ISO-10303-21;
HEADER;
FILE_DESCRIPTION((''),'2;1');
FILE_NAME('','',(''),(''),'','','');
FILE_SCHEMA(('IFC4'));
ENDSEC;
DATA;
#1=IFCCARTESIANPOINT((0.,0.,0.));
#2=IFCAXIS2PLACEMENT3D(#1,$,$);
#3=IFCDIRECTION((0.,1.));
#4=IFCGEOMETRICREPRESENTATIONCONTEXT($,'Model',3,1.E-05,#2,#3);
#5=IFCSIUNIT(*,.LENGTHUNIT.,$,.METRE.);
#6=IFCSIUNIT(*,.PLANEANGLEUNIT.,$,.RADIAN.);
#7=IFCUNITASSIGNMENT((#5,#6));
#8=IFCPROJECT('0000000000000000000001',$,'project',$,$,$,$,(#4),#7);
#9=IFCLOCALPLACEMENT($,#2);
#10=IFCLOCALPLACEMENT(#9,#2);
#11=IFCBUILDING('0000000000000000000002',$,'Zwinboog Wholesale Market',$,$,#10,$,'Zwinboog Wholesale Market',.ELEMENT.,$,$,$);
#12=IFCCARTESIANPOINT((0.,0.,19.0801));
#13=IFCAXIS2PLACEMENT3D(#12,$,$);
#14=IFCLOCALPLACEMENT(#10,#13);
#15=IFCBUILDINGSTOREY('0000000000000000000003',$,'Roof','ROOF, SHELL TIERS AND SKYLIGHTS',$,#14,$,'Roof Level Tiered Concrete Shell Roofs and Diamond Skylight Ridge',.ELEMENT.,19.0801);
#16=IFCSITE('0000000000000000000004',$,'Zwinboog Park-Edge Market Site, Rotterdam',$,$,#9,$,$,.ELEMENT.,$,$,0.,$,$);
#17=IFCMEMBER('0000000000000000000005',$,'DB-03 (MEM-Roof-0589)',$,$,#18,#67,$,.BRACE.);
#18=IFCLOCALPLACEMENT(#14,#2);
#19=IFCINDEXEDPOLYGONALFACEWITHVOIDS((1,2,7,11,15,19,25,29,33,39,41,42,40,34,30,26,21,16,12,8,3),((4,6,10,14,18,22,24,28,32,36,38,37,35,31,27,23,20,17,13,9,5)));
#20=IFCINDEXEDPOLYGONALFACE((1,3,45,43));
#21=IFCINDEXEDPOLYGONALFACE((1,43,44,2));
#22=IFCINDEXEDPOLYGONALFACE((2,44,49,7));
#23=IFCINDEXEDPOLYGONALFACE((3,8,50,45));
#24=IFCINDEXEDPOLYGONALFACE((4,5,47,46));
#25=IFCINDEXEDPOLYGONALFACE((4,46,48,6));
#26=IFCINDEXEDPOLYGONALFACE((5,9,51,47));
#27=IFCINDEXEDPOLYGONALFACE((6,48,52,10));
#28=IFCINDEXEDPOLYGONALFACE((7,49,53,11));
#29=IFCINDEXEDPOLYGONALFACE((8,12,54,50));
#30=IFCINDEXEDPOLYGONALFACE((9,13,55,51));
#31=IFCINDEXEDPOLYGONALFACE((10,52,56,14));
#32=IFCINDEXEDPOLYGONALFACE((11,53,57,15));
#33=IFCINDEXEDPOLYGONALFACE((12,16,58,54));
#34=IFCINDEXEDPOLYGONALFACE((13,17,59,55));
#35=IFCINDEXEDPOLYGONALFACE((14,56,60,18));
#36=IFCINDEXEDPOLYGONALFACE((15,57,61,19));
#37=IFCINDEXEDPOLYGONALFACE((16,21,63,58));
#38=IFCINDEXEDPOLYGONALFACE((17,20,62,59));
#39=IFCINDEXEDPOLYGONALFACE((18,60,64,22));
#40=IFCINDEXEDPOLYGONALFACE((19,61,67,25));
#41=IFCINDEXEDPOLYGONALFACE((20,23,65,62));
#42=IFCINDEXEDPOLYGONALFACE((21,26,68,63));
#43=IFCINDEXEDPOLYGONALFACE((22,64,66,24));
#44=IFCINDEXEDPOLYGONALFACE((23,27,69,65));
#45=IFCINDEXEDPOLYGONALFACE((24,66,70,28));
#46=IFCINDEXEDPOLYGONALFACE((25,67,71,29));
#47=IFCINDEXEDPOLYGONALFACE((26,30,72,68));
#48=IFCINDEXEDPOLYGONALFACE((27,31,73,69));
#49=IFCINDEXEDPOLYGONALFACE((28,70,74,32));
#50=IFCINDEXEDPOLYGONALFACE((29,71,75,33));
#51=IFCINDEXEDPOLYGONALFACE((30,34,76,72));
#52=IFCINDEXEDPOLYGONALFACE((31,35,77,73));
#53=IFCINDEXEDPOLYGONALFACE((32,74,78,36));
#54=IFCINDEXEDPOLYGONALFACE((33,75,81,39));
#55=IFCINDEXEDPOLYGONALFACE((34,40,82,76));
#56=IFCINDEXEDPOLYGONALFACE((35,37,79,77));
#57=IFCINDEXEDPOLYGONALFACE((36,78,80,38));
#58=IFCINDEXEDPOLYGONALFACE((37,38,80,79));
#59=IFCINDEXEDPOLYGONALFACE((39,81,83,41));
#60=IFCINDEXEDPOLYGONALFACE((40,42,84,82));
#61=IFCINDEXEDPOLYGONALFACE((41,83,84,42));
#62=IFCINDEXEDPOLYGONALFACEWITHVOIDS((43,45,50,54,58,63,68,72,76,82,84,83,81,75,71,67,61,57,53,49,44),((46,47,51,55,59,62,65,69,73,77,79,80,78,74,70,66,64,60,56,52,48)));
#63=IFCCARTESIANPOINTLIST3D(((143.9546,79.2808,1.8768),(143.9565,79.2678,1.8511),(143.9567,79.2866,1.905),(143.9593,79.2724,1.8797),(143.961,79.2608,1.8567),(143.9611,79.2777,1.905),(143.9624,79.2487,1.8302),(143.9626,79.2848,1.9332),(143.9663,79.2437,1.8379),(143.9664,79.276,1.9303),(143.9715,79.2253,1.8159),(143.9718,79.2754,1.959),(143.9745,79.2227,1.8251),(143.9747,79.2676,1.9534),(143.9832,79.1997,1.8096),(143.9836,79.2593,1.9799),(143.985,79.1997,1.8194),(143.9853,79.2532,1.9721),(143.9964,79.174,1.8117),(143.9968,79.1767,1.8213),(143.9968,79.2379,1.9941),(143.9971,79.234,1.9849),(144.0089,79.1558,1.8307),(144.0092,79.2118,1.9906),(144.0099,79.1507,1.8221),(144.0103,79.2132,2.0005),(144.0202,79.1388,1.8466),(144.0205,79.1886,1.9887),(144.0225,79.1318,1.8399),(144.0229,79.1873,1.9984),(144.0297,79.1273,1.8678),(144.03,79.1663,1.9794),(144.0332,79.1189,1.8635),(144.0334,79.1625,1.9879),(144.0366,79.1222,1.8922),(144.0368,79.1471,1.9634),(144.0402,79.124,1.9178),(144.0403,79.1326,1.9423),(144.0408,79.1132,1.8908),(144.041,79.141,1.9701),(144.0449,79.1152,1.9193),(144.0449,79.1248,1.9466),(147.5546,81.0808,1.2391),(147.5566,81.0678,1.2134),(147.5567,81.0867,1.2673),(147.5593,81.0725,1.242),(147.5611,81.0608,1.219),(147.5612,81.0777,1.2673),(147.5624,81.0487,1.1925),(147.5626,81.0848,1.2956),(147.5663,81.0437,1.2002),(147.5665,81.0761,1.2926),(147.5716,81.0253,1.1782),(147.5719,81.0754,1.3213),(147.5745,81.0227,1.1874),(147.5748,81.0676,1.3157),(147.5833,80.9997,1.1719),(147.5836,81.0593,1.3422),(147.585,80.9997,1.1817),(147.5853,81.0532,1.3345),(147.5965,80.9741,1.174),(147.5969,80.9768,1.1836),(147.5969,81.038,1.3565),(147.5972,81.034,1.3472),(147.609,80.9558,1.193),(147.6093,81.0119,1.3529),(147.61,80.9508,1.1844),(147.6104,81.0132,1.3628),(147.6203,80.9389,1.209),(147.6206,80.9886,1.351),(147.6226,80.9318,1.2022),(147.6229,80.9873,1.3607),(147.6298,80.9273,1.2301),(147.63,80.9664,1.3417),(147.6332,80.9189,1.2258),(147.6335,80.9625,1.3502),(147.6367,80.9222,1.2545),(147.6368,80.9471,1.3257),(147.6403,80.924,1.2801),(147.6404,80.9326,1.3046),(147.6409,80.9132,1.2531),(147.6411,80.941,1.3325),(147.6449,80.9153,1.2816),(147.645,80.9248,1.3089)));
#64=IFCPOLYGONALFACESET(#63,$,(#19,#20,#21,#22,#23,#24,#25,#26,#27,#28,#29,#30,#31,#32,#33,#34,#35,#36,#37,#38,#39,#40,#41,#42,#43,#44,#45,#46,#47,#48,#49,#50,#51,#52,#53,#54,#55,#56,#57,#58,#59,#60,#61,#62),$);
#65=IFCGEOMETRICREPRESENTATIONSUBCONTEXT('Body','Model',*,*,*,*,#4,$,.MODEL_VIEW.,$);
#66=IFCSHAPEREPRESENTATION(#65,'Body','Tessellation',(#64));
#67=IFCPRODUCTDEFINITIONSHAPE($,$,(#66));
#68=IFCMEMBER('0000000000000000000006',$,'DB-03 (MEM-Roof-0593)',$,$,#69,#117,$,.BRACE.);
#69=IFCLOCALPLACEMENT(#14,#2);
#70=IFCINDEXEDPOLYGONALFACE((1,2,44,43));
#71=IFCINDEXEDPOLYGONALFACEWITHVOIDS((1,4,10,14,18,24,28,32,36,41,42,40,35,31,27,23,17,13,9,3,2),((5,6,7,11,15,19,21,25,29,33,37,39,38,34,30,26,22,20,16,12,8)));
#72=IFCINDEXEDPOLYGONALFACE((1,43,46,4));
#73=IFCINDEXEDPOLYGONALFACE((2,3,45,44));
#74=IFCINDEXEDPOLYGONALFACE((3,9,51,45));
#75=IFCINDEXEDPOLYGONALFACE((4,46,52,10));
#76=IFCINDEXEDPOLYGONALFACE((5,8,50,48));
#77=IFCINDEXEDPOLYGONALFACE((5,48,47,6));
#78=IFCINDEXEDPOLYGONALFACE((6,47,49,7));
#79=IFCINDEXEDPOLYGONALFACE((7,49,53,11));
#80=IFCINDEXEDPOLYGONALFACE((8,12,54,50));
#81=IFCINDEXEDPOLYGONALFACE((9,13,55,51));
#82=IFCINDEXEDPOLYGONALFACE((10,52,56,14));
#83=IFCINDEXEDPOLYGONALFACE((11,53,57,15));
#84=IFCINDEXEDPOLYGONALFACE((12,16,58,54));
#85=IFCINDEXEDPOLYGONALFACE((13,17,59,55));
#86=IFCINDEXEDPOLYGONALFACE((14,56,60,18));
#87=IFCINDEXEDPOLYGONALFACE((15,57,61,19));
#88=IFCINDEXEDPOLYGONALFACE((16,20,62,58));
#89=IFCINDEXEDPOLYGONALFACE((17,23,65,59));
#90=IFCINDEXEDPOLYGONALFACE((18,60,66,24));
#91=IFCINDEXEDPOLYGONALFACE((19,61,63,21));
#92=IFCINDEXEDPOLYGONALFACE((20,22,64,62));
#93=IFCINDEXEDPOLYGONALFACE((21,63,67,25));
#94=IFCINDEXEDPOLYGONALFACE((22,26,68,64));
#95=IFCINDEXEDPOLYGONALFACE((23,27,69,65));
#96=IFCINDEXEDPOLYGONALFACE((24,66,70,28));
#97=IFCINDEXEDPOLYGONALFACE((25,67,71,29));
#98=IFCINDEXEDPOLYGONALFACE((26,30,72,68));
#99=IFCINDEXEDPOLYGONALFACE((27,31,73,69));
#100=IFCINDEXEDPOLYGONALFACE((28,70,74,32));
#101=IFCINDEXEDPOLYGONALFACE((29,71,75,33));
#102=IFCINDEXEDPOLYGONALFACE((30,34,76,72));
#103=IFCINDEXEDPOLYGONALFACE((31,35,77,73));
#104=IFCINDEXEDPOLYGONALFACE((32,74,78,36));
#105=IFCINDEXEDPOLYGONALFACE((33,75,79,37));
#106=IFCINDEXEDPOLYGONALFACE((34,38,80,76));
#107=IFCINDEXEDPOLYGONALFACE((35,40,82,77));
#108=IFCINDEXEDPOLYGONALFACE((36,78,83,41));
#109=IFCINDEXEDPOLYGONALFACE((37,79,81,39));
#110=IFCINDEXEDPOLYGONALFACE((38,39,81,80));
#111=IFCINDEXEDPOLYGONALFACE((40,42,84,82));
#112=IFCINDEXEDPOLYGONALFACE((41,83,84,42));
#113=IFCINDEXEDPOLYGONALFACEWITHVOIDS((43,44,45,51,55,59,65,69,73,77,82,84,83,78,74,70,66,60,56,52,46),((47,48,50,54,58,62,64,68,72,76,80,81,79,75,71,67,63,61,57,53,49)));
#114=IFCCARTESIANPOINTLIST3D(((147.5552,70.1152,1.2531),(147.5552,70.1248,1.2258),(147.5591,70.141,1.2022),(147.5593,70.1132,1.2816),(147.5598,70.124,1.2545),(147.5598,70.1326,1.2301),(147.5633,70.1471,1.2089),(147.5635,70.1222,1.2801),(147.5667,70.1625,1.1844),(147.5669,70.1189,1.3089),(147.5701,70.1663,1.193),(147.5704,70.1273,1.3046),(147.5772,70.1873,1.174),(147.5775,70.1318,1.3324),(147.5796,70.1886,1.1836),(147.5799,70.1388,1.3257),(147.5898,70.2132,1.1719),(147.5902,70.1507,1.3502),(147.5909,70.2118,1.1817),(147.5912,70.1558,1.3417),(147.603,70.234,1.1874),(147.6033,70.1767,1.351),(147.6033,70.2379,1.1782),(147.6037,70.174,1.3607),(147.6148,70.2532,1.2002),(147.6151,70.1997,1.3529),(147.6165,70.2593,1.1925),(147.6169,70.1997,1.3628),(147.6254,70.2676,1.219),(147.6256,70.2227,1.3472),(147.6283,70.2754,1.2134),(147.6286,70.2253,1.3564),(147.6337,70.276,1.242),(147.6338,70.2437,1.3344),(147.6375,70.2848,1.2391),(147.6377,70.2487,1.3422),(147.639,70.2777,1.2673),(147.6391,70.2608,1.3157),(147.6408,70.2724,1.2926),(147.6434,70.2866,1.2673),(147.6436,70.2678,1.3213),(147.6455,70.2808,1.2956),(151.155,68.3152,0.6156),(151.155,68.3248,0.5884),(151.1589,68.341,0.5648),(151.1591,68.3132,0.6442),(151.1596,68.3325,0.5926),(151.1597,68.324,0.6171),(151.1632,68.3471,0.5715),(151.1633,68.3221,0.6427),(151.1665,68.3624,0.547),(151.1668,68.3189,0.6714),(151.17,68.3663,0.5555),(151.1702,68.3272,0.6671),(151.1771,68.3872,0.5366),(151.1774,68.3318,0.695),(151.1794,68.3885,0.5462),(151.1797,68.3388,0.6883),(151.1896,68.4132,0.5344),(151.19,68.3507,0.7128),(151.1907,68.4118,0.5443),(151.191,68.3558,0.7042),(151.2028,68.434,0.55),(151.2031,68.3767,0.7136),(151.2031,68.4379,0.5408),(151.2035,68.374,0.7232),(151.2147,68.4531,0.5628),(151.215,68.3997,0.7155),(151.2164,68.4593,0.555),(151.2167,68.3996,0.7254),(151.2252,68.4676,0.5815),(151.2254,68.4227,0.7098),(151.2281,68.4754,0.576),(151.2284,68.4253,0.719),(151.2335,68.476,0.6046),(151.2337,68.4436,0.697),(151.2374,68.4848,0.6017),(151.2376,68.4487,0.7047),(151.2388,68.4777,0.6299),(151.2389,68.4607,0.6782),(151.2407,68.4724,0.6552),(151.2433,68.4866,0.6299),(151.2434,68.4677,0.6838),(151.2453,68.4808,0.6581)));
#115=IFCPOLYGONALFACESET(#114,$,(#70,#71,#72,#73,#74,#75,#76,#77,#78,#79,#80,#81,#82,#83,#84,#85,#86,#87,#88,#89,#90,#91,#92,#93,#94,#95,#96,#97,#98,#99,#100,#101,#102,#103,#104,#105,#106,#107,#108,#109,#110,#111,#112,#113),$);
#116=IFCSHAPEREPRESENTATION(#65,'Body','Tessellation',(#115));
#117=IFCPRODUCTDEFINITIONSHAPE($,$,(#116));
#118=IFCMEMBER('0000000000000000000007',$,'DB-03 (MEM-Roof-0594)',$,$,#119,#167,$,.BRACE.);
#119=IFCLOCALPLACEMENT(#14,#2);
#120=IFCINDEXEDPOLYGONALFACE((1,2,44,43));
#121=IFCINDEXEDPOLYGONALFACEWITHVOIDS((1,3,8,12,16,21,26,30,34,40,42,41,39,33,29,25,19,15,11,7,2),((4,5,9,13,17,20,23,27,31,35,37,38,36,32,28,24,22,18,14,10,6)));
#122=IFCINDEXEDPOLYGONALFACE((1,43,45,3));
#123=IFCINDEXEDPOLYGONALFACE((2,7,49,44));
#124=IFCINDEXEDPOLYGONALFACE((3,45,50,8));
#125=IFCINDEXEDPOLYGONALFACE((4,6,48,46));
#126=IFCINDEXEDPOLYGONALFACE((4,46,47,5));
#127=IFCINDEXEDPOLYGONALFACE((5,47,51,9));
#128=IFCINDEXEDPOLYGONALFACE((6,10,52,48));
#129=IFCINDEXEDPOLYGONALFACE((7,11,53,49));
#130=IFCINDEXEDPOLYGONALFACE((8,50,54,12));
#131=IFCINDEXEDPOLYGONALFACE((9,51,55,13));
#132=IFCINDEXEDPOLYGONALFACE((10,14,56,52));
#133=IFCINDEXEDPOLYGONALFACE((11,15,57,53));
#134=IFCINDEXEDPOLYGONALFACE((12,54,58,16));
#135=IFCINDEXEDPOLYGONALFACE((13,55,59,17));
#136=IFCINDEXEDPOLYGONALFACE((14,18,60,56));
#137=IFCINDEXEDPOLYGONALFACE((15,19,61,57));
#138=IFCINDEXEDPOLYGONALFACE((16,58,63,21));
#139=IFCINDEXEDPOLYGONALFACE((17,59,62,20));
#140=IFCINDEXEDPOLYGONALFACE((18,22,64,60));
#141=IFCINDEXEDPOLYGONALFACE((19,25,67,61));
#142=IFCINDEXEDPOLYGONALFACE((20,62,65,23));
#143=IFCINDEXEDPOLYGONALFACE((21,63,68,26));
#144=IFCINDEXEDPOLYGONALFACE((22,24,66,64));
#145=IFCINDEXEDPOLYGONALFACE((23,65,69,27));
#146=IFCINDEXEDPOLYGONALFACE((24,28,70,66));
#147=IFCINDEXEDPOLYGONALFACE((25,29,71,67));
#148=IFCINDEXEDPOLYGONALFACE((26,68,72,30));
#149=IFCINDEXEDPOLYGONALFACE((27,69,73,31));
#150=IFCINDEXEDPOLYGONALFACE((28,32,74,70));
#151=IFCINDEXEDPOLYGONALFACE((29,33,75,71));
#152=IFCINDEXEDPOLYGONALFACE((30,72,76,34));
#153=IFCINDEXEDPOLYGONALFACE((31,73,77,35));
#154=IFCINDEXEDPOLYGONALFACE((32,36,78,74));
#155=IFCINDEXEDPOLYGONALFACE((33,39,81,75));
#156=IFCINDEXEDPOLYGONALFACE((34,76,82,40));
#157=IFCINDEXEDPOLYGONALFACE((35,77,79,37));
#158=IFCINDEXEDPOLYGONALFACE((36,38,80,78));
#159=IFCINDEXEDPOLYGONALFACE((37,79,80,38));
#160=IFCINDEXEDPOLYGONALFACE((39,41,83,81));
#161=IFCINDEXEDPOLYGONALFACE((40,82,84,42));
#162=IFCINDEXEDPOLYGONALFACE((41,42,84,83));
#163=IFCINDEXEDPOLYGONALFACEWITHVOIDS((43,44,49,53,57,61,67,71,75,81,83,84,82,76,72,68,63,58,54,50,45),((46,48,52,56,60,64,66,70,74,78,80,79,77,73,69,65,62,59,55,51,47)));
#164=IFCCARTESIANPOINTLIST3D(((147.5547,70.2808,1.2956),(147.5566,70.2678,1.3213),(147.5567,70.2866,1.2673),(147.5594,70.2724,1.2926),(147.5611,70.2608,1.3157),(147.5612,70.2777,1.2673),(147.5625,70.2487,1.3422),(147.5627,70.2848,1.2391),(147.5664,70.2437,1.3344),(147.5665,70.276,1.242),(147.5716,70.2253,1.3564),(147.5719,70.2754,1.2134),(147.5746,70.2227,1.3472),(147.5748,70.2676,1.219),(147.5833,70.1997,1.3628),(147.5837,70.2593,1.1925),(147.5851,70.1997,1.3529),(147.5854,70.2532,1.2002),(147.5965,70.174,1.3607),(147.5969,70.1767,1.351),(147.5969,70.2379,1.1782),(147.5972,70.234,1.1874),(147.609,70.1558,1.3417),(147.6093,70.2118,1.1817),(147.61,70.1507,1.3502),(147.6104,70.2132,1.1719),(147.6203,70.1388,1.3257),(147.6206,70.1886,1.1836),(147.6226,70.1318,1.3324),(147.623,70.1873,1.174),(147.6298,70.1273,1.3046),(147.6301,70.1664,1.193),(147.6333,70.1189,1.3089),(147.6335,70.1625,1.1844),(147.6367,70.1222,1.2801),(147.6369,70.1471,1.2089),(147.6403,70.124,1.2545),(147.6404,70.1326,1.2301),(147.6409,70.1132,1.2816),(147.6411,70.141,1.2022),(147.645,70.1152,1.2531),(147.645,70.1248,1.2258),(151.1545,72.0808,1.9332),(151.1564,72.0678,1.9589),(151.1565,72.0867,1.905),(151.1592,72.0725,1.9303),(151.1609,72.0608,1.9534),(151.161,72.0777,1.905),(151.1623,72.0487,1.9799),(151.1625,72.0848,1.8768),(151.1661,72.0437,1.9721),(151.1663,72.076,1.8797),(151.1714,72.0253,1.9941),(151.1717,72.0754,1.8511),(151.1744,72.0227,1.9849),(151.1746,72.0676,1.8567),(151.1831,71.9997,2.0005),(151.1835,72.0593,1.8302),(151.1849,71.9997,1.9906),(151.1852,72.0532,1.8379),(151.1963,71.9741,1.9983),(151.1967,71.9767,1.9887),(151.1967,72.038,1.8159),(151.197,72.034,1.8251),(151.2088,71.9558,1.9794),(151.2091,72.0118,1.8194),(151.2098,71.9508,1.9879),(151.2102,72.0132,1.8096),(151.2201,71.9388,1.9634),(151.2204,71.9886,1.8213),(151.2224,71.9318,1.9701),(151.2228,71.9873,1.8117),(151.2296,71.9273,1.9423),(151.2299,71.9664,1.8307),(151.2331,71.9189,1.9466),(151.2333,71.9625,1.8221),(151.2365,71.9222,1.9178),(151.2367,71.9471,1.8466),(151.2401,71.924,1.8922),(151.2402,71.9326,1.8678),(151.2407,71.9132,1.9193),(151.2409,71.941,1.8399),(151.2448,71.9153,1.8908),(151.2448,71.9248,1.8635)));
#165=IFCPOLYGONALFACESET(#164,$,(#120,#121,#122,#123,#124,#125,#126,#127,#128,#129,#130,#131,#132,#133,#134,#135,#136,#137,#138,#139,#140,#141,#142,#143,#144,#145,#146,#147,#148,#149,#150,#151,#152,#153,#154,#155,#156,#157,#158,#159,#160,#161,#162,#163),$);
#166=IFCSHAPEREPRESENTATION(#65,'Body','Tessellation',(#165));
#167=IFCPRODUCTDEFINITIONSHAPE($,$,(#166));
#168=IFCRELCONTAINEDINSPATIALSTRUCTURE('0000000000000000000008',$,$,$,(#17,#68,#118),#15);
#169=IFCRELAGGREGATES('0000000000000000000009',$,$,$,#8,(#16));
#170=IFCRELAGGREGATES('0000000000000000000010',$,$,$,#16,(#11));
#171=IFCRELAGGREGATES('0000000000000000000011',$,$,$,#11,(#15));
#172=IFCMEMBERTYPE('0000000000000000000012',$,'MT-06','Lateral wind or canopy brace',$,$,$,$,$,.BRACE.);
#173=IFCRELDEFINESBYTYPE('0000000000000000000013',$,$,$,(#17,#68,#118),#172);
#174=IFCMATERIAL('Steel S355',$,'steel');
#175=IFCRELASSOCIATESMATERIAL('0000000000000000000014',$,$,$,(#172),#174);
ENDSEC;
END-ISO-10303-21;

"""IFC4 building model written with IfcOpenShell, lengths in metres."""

from ifc_helpers import new_model, si_unit, direction, frame, origin, origin_2d, place, context, subcontext, project, spatial, hollow_circle, extrude, material, material_profile, profile_set, type_object, element, save


model = new_model("IFC4")

# Units and contexts
model_context = context("Model", 3, precision=1e-05, world=origin(), true_north=direction((0.0, 1.0)))
body_context = subcontext(model_context, "Body", "Model", "MODEL_VIEW")
ifc_project = project(units=[si_unit("LENGTHUNIT", "METRE"), si_unit("PLANEANGLEUNIT", "RADIAN")], contexts=[model_context])

# Site, building, storey
site_placement = place(None, origin())
site = spatial("IfcSite", under=ifc_project, at=site_placement, Name="Zwinboog Park-Edge Market Site, Rotterdam", CompositionType="ELEMENT", RefElevation=0.0)
building_placement = place(site_placement, origin())
building = spatial("IfcBuilding", under=site, at=building_placement, Name="Zwinboog Wholesale Market", LongName="Zwinboog Wholesale Market", CompositionType="ELEMENT")
storey_placement = place(building_placement, frame((0.0, 0.0, 19.0801)))
storey = spatial("IfcBuildingStorey", under=building, at=storey_placement, Name="Roof", Description="ROOF, SHELL TIERS AND SKYLIGHTS", LongName="Roof Level Tiered Concrete Shell Roofs and Diamond Skylight Ridge", CompositionType="ELEMENT", Elevation=19.0801)

# Members
ifc_material_1 = material(Name="Steel S355", Category="steel")
ifc_material_profile_1 = material_profile(ifc_material_1, hollow_circle(Radius=0.0969, WallThickness=0.01, at=origin_2d()), Name="CHS 193.7x10")
ifc_profile_set_1 = profile_set([ifc_material_profile_1], Name="Steel S355")
member_type_1 = type_object("IfcMemberType", Name="MT-06", Description="Lateral wind or canopy brace", PredefinedType="BRACE", material=ifc_profile_set_1)
for number, where, z_axis, x_axis, name in (
    (1, (144.0, 79.2, 1.905), (0.883409, 0.441704, -0.156481), (-0.447214, 0.894427, 0.0), "DB-03 (MEM-Roof-0589)"),
):
    element("IfcMember", number, at=place(storey_placement, frame(where, z_axis=z_axis, x_axis=x_axis)), inside=storey, type_object=member_type_1, Name=name, PredefinedType="BRACE", context=body_context, shape_type="SweptSolid", body=[
        extrude(hollow_circle(Radius=0.0969, WallThickness=0.01, at=origin_2d()), origin(), (0.0, 0.0, 1.0), 4.0752),
    ])
for number, where, z_axis, x_axis, name in (
    (2, (147.6001, 70.2, 1.2673), (0.883404, -0.441732, -0.15643), (0.447238, 0.894415, 0.0), "DB-03 (MEM-Roof-0593)"),
    (3, (147.6001, 70.2, 1.2673), (0.883396, 0.441728, 0.156489), (-0.447238, 0.894415, 0.0), "DB-03 (MEM-Roof-0594)"),
):
    element("IfcMember", number, at=place(storey_placement, frame(where, z_axis=z_axis, x_axis=x_axis)), inside=storey, type_object=member_type_1, Name=name, PredefinedType="BRACE", context=body_context, shape_type="SweptSolid", body=[
        extrude(hollow_circle(Radius=0.0969, WallThickness=0.01, at=origin_2d()), origin(), (0.0, 0.0, 1.0), 4.075),
    ])

save(model, "model.ifc")
